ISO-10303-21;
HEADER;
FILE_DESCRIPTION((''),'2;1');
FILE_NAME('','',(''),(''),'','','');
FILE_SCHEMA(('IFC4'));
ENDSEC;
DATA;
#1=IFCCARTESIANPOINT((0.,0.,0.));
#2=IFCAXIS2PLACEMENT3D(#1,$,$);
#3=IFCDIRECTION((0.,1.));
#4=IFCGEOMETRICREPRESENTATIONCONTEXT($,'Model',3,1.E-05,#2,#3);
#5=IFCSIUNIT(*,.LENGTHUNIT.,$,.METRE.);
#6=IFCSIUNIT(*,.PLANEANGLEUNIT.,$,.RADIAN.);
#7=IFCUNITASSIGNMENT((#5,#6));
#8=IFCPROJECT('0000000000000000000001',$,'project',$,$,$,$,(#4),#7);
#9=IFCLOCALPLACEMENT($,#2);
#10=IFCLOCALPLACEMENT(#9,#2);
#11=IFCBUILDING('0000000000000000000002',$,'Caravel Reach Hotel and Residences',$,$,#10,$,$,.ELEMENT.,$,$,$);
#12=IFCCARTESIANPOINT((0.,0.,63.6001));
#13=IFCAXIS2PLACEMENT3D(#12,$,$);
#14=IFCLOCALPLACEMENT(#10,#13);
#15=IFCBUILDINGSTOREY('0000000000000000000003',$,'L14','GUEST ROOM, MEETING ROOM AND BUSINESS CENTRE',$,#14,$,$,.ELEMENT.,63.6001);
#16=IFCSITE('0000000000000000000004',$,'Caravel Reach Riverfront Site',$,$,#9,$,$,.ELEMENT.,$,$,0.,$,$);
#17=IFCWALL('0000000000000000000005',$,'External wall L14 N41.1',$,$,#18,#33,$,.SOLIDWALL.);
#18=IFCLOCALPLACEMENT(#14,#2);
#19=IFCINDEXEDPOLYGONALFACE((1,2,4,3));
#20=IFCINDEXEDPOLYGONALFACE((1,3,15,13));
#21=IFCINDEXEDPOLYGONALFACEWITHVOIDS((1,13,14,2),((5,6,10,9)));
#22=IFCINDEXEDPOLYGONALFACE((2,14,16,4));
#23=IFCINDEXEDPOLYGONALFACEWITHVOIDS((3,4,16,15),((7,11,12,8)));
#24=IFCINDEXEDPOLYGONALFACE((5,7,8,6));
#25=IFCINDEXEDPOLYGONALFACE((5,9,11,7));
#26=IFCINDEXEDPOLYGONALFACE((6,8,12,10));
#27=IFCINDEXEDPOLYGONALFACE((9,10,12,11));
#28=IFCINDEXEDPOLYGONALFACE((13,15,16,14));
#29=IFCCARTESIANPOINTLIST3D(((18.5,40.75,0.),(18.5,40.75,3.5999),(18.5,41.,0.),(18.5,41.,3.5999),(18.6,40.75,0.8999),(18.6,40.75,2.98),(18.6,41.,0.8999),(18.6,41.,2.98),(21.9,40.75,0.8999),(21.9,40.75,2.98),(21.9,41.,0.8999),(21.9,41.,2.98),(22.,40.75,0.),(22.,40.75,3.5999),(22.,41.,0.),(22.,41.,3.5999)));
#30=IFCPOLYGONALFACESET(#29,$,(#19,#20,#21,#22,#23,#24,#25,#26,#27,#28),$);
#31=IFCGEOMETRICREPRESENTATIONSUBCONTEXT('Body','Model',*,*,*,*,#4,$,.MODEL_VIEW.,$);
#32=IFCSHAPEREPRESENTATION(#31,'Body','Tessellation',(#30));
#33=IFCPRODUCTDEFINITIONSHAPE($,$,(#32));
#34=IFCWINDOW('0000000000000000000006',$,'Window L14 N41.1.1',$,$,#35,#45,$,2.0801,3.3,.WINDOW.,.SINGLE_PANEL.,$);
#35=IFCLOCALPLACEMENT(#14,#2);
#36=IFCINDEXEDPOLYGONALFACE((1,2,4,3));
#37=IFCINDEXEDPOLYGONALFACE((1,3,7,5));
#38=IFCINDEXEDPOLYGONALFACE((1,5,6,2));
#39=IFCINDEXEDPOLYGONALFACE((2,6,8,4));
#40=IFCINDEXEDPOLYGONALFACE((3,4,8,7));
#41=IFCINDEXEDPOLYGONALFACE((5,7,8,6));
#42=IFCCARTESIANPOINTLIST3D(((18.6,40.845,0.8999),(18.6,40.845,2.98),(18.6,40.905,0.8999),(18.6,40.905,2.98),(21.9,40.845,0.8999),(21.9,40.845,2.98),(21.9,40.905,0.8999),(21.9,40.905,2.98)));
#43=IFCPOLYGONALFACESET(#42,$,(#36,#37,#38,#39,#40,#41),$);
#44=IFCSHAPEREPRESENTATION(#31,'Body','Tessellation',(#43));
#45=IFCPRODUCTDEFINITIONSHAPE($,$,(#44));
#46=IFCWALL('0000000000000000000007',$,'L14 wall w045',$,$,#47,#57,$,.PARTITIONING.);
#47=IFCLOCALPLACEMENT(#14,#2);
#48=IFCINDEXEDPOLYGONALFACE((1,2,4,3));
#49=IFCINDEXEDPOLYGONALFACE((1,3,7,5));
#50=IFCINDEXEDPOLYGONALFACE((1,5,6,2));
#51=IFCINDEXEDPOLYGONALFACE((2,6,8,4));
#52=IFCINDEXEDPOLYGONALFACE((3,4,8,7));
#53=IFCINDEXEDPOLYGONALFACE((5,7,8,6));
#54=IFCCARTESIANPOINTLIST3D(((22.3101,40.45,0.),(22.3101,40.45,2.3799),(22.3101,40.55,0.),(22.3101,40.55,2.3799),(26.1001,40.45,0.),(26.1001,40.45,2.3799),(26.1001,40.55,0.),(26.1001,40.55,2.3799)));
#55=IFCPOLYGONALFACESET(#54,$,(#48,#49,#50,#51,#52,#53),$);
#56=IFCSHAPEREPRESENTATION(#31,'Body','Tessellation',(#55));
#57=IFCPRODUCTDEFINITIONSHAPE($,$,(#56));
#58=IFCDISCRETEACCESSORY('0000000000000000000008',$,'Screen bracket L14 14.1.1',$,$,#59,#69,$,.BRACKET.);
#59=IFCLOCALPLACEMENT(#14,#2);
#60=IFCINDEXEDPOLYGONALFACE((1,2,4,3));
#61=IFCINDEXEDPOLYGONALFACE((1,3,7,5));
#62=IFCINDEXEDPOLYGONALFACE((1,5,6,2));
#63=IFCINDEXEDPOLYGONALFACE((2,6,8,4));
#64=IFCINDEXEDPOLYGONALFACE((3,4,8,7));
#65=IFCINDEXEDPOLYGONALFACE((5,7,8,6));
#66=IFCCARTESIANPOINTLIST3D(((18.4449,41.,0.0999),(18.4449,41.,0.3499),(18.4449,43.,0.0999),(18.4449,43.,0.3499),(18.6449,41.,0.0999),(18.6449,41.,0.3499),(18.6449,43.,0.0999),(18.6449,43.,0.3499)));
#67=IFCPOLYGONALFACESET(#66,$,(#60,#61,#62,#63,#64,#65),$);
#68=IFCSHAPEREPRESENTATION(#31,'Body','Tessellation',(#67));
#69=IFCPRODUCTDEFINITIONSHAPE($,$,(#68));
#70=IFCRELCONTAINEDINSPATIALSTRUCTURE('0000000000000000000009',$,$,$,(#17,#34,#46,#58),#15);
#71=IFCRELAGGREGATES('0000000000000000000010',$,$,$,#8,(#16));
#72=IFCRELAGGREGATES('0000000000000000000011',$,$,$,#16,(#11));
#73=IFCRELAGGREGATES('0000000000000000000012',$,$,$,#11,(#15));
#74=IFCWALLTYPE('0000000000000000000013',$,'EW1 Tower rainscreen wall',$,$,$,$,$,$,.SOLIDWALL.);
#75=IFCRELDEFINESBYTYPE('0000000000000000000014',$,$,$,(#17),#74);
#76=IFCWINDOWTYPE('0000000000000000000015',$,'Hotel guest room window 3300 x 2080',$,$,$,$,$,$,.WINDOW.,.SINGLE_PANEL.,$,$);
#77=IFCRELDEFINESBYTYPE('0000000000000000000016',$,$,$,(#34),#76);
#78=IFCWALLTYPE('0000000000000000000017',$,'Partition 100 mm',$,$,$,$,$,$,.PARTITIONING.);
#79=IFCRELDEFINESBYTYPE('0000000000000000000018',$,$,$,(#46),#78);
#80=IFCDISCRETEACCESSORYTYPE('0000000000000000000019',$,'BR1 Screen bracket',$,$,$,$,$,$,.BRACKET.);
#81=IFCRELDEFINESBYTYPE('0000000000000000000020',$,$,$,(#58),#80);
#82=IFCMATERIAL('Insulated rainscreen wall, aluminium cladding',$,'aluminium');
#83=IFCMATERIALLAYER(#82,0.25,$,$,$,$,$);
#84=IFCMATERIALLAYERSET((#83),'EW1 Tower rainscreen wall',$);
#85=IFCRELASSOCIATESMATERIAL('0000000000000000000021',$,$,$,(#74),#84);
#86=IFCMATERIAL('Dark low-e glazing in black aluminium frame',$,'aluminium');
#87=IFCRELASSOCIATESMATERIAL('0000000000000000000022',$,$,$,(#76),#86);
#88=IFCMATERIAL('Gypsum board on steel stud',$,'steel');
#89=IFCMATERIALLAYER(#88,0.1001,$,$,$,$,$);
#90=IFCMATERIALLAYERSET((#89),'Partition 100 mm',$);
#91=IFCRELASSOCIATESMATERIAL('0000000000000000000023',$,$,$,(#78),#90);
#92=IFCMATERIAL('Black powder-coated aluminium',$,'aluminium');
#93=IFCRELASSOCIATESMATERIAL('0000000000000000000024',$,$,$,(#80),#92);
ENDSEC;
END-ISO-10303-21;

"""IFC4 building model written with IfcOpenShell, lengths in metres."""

from ifc_helpers import new_model, si_unit, direction, frame, frame_2d, origin, origin_2d, place, context, subcontext, project, spatial, rectangle, extrude, material, layer, layer_set, type_object, element, fill, save


model = new_model("IFC4")

# Units and contexts
model_context = context("Model", 3, precision=1e-05, world=origin(), true_north=direction((0.0, 1.0)))
body_context = subcontext(model_context, "Body", "Model", "MODEL_VIEW")
ifc_project = project(units=[si_unit("LENGTHUNIT", "METRE"), si_unit("PLANEANGLEUNIT", "RADIAN")], contexts=[model_context])

# Site, building, storey
site_placement = place(None, origin())
site = spatial("IfcSite", under=ifc_project, at=site_placement, Name="Caravel Reach Riverfront Site", CompositionType="ELEMENT", RefElevation=0.0)
building_placement = place(site_placement, origin())
building = spatial("IfcBuilding", under=site, at=building_placement, Name="Caravel Reach Hotel and Residences", CompositionType="ELEMENT")
storey_placement = place(building_placement, frame((0.0, 0.0, 63.6001)))
storey = spatial("IfcBuildingStorey", under=building, at=storey_placement, Name="L14", Description="GUEST ROOM, MEETING ROOM AND BUSINESS CENTRE", CompositionType="ELEMENT", Elevation=63.6001)

# Wall, opening, window
ifc_material_1 = material(Name="Insulated rainscreen wall, aluminium cladding", Category="aluminium")
ifc_layer_1 = layer(ifc_material_1, 0.25)
ifc_layer_set_1 = layer_set([ifc_layer_1], Name="EW1 Tower rainscreen wall")
wall_type_1 = type_object("IfcWallType", Name="EW1 Tower rainscreen wall", PredefinedType="SOLIDWALL", material=ifc_layer_set_1)
wall_1_placement = place(storey_placement, frame((22.0, 40.875, 0.0), z_axis=(0.0, 0.0, 1.0), x_axis=(-1.0, 0.0, 0.0)))
wall_1 = element("IfcWall", 1, at=wall_1_placement, inside=storey, type_object=wall_type_1, Name="External wall L14 N41.1", PredefinedType="SOLIDWALL", context=body_context, shape_type="SweptSolid", body=[
    extrude(rectangle(XDim=3.5, YDim=0.25, at=frame_2d((1.75, 0.0))), origin(), (0.0, 0.0, 1.0), 3.5999),
])
opening_1_placement = place(wall_1_placement, frame((0.1001, 0.0, 0.8999)))
opening_1 = element("IfcOpeningElement", 2, at=opening_1_placement, cuts=wall_1, PredefinedType="OPENING", context=body_context, shape_type="SweptSolid", body=[
    extrude(rectangle(XDim=3.3, YDim=2.0801, at=frame_2d((1.6499, 1.04))), frame((0.0, 0.135, 0.0), z_axis=(0.0, -1.0, 0.0), x_axis=(1.0, 0.0, 0.0)), (0.0, 0.0, 1.0), 0.27),
])
ifc_material_2 = material(Name="Dark low-e glazing in black aluminium frame", Category="aluminium")
window_type = type_object("IfcWindowType", Name="Hotel guest room window 3300 x 2080", PartitioningType="SINGLE_PANEL", PredefinedType="WINDOW", material=ifc_material_2)
window_placement = place(opening_1_placement, origin())
window = element("IfcWindow", 3, at=window_placement, inside=storey, type_object=window_type, Name="Window L14 N41.1.1", OverallHeight=2.0801, OverallWidth=3.3, PartitioningType="SINGLE_PANEL", PredefinedType="WINDOW", context=body_context, shape_type="SweptSolid", body=[
    extrude(rectangle(XDim=3.3, YDim=2.0801, at=frame_2d((1.6499, 1.04))), frame((0.0, 0.03, 0.0), z_axis=(0.0, -1.0, 0.0), x_axis=(1.0, 0.0, 0.0)), (0.0, 0.0, 1.0), 0.0601),
])
fill(opening_1, window)

# Wall
ifc_material_3 = material(Name="Gypsum board on steel stud", Category="steel")
ifc_layer_2 = layer(ifc_material_3, 0.1001)
ifc_layer_set_2 = layer_set([ifc_layer_2], Name="Partition 100 mm")
wall_type_2 = type_object("IfcWallType", Name="Partition 100 mm", PredefinedType="PARTITIONING", material=ifc_layer_set_2)
wall_2_placement = place(storey_placement, frame((22.3101, 40.5, 0.0), z_axis=(0.0, 0.0, 1.0), x_axis=(1.0, 0.0, 0.0)))
element("IfcWall", 4, at=wall_2_placement, inside=storey, type_object=wall_type_2, Name="L14 wall w045", PredefinedType="PARTITIONING", context=body_context, shape_type="SweptSolid", body=[
    extrude(rectangle(XDim=3.79, YDim=0.1001, at=frame_2d((1.895, 0.0))), origin(), (0.0, 0.0, 1.0), 2.3799),
])

# Discrete accessory
ifc_material_4 = material(Name="Black powder-coated aluminium", Category="aluminium")
discrete_accessory_type = type_object("IfcDiscreteAccessoryType", Name="BR1 Screen bracket", PredefinedType="BRACKET", material=ifc_material_4)
discrete_accessory_placement = place(storey_placement, frame((18.5449, 42.0, 0.0999), z_axis=(0.0, 0.0, 1.0), x_axis=(0.0, 1.0, 0.0)))
element("IfcDiscreteAccessory", 5, at=discrete_accessory_placement, inside=storey, type_object=discrete_accessory_type, Name="Screen bracket L14 14.1.1", PredefinedType="BRACKET", context=body_context, shape_type="SweptSolid", body=[
    extrude(rectangle(XDim=2.0, YDim=0.2, at=origin_2d()), origin(), (0.0, 0.0, 1.0), 0.25),
])

save(model, "model.ifc")
